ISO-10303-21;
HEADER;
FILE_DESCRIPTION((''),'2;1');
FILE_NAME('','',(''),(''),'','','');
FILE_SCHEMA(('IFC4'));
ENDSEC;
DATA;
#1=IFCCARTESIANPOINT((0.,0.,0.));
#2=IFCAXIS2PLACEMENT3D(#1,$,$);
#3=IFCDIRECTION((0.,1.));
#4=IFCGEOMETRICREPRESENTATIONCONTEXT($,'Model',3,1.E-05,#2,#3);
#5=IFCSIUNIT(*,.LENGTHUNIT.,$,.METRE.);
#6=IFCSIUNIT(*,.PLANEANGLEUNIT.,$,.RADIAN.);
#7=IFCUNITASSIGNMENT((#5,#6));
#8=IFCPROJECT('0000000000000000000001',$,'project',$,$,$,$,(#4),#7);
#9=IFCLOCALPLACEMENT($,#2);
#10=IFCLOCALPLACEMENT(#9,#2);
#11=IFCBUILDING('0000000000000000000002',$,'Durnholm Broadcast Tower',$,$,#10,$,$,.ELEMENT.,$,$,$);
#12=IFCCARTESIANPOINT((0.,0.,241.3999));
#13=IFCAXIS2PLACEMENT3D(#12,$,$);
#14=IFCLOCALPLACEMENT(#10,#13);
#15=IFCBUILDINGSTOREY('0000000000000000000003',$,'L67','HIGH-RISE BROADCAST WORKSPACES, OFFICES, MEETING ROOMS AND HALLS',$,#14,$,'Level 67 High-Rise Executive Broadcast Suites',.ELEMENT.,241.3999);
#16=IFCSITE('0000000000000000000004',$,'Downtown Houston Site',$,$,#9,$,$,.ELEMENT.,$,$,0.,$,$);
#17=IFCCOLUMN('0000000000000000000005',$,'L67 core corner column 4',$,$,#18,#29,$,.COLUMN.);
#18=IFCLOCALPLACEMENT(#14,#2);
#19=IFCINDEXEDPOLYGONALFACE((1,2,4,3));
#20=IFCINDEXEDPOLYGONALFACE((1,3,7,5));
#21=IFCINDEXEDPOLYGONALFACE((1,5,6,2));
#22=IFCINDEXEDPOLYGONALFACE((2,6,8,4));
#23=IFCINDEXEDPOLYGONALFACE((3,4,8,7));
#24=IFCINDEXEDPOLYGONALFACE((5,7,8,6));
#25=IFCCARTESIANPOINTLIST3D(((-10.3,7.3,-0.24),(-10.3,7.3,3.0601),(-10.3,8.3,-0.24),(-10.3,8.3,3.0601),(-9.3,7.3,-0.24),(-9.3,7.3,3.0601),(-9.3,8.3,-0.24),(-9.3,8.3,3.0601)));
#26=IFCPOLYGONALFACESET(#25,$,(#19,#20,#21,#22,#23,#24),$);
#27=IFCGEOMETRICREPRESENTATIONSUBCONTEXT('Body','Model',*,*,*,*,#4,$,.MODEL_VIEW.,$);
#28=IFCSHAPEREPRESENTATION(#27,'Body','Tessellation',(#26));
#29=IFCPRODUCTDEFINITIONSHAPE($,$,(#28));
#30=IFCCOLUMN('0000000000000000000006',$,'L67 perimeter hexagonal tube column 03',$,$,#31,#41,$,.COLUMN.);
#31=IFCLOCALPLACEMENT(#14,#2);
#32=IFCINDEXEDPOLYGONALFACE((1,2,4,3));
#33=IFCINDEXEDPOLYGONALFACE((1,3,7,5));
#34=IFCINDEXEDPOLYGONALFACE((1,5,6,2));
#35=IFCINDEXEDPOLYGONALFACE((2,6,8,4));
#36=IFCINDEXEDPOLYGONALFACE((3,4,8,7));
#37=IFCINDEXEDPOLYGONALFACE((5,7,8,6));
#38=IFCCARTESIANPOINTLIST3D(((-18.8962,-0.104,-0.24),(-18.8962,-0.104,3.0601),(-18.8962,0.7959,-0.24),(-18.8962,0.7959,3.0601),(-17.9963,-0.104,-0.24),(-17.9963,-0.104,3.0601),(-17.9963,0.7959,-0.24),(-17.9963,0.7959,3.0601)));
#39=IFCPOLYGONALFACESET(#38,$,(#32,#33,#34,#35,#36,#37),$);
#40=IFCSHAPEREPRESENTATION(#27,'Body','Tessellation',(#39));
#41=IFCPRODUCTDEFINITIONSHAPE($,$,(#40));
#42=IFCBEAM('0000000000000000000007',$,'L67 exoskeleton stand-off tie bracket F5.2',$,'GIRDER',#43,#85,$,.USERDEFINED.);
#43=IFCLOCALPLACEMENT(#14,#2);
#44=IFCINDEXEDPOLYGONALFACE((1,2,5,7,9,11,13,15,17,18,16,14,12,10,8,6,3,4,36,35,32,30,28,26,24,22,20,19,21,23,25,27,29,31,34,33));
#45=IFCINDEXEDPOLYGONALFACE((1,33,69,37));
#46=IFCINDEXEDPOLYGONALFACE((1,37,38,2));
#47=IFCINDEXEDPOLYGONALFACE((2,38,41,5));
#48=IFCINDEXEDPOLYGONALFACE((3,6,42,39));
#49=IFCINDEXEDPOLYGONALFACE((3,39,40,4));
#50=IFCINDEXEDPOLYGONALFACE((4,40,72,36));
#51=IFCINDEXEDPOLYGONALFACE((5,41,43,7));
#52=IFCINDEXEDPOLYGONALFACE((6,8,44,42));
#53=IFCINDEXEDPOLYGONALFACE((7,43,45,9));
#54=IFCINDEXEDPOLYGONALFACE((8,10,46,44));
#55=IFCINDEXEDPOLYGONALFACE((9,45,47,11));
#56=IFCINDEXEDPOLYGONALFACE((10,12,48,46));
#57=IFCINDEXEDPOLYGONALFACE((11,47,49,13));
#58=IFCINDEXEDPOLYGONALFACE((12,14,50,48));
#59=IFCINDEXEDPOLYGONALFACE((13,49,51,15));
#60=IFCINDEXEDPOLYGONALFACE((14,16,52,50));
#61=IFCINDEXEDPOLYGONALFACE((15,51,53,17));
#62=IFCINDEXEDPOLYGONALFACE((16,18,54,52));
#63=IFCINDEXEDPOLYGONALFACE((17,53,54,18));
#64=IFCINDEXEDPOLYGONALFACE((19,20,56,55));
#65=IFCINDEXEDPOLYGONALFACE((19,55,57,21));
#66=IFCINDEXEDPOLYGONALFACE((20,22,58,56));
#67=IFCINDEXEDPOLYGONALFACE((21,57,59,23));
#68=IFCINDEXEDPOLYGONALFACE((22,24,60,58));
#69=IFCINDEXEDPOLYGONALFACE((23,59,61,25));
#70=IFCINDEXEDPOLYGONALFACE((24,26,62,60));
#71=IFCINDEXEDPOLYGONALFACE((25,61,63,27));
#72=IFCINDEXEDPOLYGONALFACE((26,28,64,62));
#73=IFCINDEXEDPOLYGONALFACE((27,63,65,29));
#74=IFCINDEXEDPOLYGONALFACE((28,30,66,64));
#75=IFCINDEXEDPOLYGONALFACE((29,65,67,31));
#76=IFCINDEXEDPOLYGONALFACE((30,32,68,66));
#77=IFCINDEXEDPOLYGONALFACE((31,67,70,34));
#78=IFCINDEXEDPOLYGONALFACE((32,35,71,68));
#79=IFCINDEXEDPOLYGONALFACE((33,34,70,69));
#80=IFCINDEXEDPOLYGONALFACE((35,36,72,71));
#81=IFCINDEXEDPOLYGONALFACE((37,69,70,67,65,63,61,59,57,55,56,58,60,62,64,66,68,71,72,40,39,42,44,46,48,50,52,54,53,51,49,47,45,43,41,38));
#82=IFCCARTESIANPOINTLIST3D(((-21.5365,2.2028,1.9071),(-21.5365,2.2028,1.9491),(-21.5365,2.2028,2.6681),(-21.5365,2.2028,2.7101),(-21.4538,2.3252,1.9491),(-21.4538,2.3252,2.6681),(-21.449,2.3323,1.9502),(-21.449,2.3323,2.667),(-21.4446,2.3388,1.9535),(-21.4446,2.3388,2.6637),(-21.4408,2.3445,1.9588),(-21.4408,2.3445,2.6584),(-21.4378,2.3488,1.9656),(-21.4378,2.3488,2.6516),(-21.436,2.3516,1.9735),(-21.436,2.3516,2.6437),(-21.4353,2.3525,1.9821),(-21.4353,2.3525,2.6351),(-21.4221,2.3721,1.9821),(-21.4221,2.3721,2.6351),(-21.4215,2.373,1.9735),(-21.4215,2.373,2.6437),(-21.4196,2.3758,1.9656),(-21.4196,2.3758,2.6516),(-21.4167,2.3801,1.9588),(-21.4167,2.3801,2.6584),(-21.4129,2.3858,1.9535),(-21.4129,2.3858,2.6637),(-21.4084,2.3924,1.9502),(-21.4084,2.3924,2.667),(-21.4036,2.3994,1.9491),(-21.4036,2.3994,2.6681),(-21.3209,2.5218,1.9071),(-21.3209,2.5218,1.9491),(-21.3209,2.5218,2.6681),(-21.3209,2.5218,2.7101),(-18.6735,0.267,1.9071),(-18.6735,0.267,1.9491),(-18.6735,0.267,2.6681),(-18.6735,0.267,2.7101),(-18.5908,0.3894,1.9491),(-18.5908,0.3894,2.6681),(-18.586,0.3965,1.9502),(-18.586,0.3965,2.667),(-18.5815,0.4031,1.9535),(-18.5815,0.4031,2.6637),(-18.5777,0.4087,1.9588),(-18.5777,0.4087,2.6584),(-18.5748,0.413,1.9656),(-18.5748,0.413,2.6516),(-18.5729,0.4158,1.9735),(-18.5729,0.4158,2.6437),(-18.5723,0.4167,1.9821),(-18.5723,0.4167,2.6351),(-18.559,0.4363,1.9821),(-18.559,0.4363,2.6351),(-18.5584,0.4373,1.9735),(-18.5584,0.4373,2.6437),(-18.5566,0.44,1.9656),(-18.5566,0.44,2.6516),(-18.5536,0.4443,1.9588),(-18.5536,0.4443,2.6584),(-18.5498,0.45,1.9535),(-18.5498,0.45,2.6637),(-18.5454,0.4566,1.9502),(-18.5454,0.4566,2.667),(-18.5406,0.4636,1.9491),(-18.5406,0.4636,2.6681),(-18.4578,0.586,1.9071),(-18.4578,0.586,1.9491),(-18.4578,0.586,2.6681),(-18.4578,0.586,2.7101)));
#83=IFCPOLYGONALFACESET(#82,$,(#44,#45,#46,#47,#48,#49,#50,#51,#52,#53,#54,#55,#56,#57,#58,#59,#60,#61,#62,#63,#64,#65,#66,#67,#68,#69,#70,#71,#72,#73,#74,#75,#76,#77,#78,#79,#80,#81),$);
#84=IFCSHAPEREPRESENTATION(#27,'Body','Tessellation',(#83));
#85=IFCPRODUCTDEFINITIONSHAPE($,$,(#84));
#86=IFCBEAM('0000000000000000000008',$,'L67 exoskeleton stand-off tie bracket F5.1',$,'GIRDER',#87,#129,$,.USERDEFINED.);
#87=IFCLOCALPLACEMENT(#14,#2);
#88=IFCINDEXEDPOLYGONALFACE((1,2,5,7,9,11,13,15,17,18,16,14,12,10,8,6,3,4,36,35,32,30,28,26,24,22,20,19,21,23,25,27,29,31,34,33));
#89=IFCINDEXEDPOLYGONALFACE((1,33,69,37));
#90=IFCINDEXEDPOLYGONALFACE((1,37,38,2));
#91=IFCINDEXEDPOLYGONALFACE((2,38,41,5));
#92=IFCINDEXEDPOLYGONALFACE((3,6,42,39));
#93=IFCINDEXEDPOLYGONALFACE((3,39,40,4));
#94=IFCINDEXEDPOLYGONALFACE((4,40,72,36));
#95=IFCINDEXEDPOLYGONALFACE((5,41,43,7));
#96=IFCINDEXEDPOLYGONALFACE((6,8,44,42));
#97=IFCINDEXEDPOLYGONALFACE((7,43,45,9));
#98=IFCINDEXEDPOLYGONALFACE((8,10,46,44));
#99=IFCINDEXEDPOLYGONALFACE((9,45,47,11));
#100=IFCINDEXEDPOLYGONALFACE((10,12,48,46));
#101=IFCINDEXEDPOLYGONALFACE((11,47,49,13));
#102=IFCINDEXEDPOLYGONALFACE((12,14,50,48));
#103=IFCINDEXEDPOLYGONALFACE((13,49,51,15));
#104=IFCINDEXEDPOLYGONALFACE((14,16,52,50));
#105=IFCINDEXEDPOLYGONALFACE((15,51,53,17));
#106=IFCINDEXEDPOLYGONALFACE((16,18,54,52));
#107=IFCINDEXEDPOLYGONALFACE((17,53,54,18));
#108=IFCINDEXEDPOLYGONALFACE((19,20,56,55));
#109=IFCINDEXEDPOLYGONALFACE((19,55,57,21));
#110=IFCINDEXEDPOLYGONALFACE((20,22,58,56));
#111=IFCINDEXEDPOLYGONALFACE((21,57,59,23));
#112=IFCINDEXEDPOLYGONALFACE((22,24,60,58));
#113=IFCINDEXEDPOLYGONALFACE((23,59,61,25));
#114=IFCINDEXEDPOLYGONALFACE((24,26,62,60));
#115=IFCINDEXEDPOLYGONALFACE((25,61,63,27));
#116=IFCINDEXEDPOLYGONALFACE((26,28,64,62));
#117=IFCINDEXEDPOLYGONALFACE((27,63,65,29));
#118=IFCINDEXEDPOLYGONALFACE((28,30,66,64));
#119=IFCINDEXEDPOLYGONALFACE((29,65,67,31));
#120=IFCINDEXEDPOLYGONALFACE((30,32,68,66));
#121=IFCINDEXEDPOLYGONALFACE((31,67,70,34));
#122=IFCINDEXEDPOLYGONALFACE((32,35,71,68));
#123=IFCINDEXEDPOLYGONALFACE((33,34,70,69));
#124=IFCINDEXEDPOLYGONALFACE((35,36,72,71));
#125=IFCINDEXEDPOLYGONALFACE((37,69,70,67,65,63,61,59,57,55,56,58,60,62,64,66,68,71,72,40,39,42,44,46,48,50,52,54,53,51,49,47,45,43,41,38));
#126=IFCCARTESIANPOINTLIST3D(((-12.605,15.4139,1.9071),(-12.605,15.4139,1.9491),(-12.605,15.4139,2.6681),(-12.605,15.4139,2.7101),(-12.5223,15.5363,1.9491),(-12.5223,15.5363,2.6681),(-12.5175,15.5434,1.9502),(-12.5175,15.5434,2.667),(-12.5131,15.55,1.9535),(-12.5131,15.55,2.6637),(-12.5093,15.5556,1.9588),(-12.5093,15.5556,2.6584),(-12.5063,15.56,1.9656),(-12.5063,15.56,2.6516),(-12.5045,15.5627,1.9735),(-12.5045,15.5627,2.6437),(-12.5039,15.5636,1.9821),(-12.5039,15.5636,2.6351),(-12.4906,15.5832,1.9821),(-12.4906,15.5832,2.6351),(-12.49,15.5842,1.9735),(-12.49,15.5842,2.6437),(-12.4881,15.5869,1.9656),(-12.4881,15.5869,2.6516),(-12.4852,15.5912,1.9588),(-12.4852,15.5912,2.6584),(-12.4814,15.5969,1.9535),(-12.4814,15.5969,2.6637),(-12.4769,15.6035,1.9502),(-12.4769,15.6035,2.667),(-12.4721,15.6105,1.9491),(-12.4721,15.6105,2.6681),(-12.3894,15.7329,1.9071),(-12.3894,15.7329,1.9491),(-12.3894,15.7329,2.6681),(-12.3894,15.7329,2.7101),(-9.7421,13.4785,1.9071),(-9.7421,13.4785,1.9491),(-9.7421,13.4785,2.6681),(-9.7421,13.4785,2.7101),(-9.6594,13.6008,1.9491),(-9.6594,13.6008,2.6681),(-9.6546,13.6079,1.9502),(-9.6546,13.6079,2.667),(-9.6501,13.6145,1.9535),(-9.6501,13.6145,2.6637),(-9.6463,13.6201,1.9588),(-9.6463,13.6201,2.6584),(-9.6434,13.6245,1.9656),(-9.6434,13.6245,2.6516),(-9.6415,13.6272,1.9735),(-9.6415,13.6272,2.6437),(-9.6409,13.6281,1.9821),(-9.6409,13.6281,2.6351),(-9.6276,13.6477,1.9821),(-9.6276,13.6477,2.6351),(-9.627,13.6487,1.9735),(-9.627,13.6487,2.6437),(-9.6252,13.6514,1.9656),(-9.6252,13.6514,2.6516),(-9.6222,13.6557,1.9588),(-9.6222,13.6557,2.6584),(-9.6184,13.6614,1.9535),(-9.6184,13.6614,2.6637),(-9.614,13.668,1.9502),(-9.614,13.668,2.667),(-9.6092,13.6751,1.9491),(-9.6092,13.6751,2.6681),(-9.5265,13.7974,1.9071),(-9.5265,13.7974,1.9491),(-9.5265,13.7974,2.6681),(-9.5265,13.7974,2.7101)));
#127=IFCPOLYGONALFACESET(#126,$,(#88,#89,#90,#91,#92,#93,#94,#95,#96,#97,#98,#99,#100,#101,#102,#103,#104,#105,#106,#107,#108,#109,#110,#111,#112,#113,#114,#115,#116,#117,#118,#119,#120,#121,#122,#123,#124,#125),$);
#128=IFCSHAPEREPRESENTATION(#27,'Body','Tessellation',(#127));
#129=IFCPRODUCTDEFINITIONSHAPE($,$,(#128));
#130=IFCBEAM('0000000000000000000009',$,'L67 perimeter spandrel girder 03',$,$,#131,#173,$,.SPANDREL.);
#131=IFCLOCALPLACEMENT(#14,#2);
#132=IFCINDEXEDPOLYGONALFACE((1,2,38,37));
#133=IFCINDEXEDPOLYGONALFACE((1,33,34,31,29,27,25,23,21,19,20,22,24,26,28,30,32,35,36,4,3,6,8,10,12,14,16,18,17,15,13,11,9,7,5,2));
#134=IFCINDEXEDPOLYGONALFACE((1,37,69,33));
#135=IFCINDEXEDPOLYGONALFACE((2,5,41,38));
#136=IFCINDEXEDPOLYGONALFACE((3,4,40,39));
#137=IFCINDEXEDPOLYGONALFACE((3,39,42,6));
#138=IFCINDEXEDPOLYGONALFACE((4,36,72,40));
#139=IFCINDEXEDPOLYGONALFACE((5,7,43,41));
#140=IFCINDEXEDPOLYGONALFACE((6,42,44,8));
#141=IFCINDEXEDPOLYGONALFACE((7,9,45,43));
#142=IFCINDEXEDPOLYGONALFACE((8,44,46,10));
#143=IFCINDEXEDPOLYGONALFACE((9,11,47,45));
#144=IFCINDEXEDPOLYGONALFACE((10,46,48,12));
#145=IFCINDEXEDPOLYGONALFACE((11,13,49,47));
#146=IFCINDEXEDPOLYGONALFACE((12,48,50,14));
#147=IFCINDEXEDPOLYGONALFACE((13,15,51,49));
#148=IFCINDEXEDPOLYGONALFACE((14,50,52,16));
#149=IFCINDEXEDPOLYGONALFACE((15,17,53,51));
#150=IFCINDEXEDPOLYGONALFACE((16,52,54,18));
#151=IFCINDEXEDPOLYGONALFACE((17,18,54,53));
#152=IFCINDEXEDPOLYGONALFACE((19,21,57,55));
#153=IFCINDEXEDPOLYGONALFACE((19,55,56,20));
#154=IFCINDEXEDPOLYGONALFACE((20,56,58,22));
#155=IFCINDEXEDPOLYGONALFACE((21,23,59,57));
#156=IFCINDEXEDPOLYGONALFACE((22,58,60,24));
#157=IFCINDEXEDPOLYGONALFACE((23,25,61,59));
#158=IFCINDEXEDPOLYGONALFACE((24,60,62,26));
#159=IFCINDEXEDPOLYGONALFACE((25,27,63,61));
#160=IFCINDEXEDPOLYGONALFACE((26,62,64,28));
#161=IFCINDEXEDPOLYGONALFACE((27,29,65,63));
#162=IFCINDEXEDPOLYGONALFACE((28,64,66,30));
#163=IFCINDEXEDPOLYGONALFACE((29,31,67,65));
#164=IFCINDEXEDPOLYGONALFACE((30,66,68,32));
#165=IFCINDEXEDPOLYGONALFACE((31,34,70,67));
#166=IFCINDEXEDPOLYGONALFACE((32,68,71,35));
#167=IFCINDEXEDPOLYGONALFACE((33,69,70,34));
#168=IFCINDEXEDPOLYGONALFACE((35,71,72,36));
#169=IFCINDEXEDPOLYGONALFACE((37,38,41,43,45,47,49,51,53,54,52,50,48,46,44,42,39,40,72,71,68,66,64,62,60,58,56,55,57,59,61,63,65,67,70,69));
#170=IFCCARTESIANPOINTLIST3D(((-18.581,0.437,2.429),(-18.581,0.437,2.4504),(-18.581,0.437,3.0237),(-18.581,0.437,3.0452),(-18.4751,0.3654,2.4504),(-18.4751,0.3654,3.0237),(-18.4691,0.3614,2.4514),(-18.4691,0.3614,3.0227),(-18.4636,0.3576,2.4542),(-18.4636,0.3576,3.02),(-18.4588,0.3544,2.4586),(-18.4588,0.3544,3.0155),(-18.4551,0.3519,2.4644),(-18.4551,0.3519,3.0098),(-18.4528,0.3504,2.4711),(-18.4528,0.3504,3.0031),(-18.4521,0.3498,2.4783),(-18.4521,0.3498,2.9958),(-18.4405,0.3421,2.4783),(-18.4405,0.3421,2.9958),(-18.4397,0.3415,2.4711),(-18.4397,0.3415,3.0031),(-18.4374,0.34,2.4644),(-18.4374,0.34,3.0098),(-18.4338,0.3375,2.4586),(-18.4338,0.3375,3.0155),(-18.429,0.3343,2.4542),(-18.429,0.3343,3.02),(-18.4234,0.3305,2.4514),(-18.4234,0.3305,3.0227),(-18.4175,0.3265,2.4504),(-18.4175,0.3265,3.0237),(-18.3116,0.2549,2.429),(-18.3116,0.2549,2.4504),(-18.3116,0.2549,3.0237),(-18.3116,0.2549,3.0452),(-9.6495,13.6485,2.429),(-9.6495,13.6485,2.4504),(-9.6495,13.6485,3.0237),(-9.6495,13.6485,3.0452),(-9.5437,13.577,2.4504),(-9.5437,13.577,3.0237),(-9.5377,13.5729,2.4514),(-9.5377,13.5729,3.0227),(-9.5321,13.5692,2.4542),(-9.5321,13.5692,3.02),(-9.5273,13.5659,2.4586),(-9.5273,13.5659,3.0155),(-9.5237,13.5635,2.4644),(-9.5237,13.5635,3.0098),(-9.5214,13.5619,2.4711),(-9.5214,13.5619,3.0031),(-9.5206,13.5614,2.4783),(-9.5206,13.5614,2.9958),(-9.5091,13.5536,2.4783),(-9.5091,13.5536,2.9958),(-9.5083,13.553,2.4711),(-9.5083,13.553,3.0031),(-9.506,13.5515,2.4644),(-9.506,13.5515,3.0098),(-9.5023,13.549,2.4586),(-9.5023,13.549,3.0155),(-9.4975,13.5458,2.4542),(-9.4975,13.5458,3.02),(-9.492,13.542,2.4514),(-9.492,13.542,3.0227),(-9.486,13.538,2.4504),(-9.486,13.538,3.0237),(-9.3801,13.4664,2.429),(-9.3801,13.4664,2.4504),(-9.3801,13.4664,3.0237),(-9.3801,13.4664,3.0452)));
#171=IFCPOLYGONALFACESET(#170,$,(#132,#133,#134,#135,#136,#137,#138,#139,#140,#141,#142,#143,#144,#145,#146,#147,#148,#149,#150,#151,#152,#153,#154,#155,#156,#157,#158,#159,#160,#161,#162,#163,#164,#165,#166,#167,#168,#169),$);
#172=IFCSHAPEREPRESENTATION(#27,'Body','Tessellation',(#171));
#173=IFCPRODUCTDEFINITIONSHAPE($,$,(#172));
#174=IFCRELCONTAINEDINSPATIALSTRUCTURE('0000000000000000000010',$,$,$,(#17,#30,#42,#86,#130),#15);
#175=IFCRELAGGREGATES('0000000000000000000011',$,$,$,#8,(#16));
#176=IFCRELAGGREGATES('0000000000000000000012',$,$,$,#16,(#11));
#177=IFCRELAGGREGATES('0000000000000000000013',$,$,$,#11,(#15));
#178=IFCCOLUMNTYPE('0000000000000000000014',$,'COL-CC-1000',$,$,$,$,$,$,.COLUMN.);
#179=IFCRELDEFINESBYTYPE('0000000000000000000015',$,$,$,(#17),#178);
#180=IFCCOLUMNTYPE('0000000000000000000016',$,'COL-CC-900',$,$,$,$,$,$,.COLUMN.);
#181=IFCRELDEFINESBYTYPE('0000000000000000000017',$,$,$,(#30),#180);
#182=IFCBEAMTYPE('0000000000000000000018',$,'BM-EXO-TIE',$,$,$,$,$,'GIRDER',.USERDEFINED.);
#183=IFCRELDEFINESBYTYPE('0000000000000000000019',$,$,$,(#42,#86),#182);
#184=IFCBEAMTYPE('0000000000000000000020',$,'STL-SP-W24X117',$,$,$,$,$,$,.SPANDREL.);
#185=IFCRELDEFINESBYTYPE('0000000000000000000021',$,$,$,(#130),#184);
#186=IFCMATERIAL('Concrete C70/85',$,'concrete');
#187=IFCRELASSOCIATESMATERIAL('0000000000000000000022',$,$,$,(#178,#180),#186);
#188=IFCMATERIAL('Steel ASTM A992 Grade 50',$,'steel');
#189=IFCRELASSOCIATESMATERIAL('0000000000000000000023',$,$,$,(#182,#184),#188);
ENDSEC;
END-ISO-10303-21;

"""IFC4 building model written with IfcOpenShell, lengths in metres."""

from ifc_helpers import new_model, si_unit, direction, frame, origin, origin_2d, place, context, subcontext, project, spatial, rectangle, i_section, extrude, source, transform, mapped, material, material_profile, profile_set, type_object, type_shapes, element, save


model = new_model("IFC4")

# Units and contexts
model_context = context("Model", 3, precision=1e-05, world=origin(), true_north=direction((0.0, 1.0)))
body_context = subcontext(model_context, "Body", "Model", "MODEL_VIEW")
ifc_project = project(units=[si_unit("LENGTHUNIT", "METRE"), si_unit("PLANEANGLEUNIT", "RADIAN")], contexts=[model_context])

# Site, building, storey
site_placement = place(None, origin())
site = spatial("IfcSite", under=ifc_project, at=site_placement, Name="Downtown Houston Site", CompositionType="ELEMENT", RefElevation=0.0)
building_placement = place(site_placement, origin())
building = spatial("IfcBuilding", under=site, at=building_placement, Name="Durnholm Broadcast Tower", CompositionType="ELEMENT")
storey_placement = place(building_placement, frame((0.0, 0.0, 241.3999)))
storey = spatial("IfcBuildingStorey", under=building, at=storey_placement, Name="L67", Description="HIGH-RISE BROADCAST WORKSPACES, OFFICES, MEETING ROOMS AND HALLS", LongName="Level 67 High-Rise Executive Broadcast Suites", CompositionType="ELEMENT", Elevation=241.3999)

# Columns
ifc_material_1 = material(Name="Concrete C70/85", Category="concrete")
ifc_material_profile_1 = material_profile(ifc_material_1, rectangle(XDim=1.0, YDim=1.0, at=origin_2d()), Name="RC1000X1000")
ifc_profile_set_1 = profile_set([ifc_material_profile_1], Name="Concrete C70/85")
column_type_1 = type_object("IfcColumnType", Name="COL-CC-1000", PredefinedType="COLUMN", material=ifc_profile_set_1)
shared_shape_1 = source(origin(), body_context, "Body", "SweptSolid", [
    extrude(rectangle(XDim=1.0, YDim=1.0, at=origin_2d()), origin(), (0.0, 0.0, 1.0), 3.3),
])
type_shapes(column_type_1, [shared_shape_1])
column_1_placement = place(storey_placement, frame((-9.8, 7.8, -0.24), z_axis=(0.0, 0.0, 1.0), x_axis=(1.0, 0.0, 0.0)))
element("IfcColumn", 1, at=column_1_placement, inside=storey, type_object=column_type_1, Name="L67 core corner column 4", PredefinedType="COLUMN", context=body_context, shape_type="MappedRepresentation", body=[
    mapped(shared_shape_1, transform((0.0, 0.0, 0.0), x_axis=(1.0, 0.0, 0.0), y_axis=(0.0, 1.0, 0.0), z_axis=(0.0, 0.0, 1.0), scale=1.0)),
])
ifc_material_profile_2 = material_profile(ifc_material_1, rectangle(XDim=0.8999, YDim=0.8999, at=origin_2d()), Name="RC900X900")
ifc_profile_set_2 = profile_set([ifc_material_profile_2], Name="Concrete C70/85")
column_type_2 = type_object("IfcColumnType", Name="COL-CC-900", PredefinedType="COLUMN", material=ifc_profile_set_2)
shared_shape_2 = source(origin(), body_context, "Body", "SweptSolid", [
    extrude(rectangle(XDim=0.8999, YDim=0.8999, at=origin_2d()), origin(), (0.0, 0.0, 1.0), 3.3),
])
type_shapes(column_type_2, [shared_shape_2])
column_2_placement = place(storey_placement, frame((-18.4463, 0.3459, -0.24), z_axis=(0.0, 0.0, 1.0), x_axis=(1.0, 0.0, 0.0)))
element("IfcColumn", 2, at=column_2_placement, inside=storey, type_object=column_type_2, Name="L67 perimeter hexagonal tube column 03", PredefinedType="COLUMN", context=body_context, shape_type="MappedRepresentation", body=[
    mapped(shared_shape_2, transform((0.0, 0.0, 0.0), x_axis=(1.0, 0.0, 0.0), y_axis=(0.0, 1.0, 0.0), z_axis=(0.0, 0.0, 1.0), scale=1.0)),
])

# Beams
ifc_material_2 = material(Name="Steel ASTM A992 Grade 50", Category="steel")
ifc_material_profile_3 = material_profile(ifc_material_2, i_section(OverallWidth=0.385, OverallDepth=0.803, WebThickness=0.0237, FlangeThickness=0.042, FilletRadius=0.033, at=origin_2d()), Name="W30X261")
ifc_profile_set_3 = profile_set([ifc_material_profile_3], Name="Steel ASTM A992 Grade 50")
beam_type_1 = type_object("IfcBeamType", Name="BM-EXO-TIE", ElementType="GIRDER", PredefinedType="USERDEFINED", material=ifc_profile_set_3)
shared_shape_3 = source(origin(), body_context, "Body", "SweptSolid", [
    extrude(i_section(OverallWidth=0.385, OverallDepth=0.803, WebThickness=0.0237, FlangeThickness=0.042, FilletRadius=0.033, at=origin_2d()), origin(), (0.0, 0.0, 1.0), 3.4561),
])
beam_1_placement = place(storey_placement, frame((-18.5657, 0.4265, 2.3086), z_axis=(-0.828414, 0.560117, 0.0), x_axis=(-0.560117, -0.828414, 0.0)))
element("IfcBeam", 3, at=beam_1_placement, inside=storey, type_object=beam_type_1, Name="L67 exoskeleton stand-off tie bracket F5.2", ObjectType="GIRDER", PredefinedType="USERDEFINED", context=body_context, shape_type="MappedRepresentation", body=[
    mapped(shared_shape_3, transform((0.0, 0.0, 0.0), x_axis=(1.0, 0.0, 0.0), y_axis=(0.0, 1.0, 0.0), z_axis=(0.0, 0.0, 1.0), scale=1.0)),
])
shared_shape_4 = source(origin(), body_context, "Body", "SweptSolid", [
    extrude(i_section(OverallWidth=0.385, OverallDepth=0.803, WebThickness=0.0237, FlangeThickness=0.042, FilletRadius=0.033, at=origin_2d()), origin(), (0.0, 0.0, 1.0), 3.4558),
])
beam_2_placement = place(storey_placement, frame((-9.6343, 13.6379, 2.3086), z_axis=(-0.828446, 0.560068, 0.0), x_axis=(-0.560068, -0.828446, 0.0)))
element("IfcBeam", 4, at=beam_2_placement, inside=storey, type_object=beam_type_1, Name="L67 exoskeleton stand-off tie bracket F5.1", ObjectType="GIRDER", PredefinedType="USERDEFINED", context=body_context, shape_type="MappedRepresentation", body=[
    mapped(shared_shape_4, transform((0.0, 0.0, 0.0), x_axis=(1.0, 0.0, 0.0), y_axis=(0.0, 1.0, 0.0), z_axis=(0.0, 0.0, 1.0), scale=1.0)),
])
ifc_material_profile_4 = material_profile(ifc_material_2, i_section(OverallWidth=0.3252, OverallDepth=0.6162, WebThickness=0.0139, FlangeThickness=0.0215, FilletRadius=0.0278, at=origin_2d()), Name="W24X117")
ifc_profile_set_4 = profile_set([ifc_material_profile_4], Name="Steel ASTM A992 Grade 50")
beam_type_2 = type_object("IfcBeamType", Name="STL-SP-W24X117", PredefinedType="SPANDREL", material=ifc_profile_set_4)
shared_shape_5 = source(origin(), body_context, "Body", "SweptSolid", [
    extrude(i_section(OverallWidth=0.3252, OverallDepth=0.6162, WebThickness=0.0139, FlangeThickness=0.0215, FilletRadius=0.0278, at=origin_2d()), origin(), (0.0, 0.0, 1.0), 15.9473),
])
type_shapes(beam_type_2, [shared_shape_5])
beam_3_placement = place(storey_placement, frame((-18.4463, 0.3459, 2.7371), z_axis=(0.560062, 0.828451, 0.0), x_axis=(-0.828451, 0.560062, 0.0)))
element("IfcBeam", 5, at=beam_3_placement, inside=storey, type_object=beam_type_2, Name="L67 perimeter spandrel girder 03", PredefinedType="SPANDREL", context=body_context, shape_type="MappedRepresentation", body=[
    mapped(shared_shape_5, transform((0.0, 0.0, 0.0), x_axis=(1.0, 0.0, 0.0), y_axis=(0.0, 1.0, 0.0), z_axis=(0.0, 0.0, 1.0), scale=1.0)),
])

save(model, "model.ifc")
